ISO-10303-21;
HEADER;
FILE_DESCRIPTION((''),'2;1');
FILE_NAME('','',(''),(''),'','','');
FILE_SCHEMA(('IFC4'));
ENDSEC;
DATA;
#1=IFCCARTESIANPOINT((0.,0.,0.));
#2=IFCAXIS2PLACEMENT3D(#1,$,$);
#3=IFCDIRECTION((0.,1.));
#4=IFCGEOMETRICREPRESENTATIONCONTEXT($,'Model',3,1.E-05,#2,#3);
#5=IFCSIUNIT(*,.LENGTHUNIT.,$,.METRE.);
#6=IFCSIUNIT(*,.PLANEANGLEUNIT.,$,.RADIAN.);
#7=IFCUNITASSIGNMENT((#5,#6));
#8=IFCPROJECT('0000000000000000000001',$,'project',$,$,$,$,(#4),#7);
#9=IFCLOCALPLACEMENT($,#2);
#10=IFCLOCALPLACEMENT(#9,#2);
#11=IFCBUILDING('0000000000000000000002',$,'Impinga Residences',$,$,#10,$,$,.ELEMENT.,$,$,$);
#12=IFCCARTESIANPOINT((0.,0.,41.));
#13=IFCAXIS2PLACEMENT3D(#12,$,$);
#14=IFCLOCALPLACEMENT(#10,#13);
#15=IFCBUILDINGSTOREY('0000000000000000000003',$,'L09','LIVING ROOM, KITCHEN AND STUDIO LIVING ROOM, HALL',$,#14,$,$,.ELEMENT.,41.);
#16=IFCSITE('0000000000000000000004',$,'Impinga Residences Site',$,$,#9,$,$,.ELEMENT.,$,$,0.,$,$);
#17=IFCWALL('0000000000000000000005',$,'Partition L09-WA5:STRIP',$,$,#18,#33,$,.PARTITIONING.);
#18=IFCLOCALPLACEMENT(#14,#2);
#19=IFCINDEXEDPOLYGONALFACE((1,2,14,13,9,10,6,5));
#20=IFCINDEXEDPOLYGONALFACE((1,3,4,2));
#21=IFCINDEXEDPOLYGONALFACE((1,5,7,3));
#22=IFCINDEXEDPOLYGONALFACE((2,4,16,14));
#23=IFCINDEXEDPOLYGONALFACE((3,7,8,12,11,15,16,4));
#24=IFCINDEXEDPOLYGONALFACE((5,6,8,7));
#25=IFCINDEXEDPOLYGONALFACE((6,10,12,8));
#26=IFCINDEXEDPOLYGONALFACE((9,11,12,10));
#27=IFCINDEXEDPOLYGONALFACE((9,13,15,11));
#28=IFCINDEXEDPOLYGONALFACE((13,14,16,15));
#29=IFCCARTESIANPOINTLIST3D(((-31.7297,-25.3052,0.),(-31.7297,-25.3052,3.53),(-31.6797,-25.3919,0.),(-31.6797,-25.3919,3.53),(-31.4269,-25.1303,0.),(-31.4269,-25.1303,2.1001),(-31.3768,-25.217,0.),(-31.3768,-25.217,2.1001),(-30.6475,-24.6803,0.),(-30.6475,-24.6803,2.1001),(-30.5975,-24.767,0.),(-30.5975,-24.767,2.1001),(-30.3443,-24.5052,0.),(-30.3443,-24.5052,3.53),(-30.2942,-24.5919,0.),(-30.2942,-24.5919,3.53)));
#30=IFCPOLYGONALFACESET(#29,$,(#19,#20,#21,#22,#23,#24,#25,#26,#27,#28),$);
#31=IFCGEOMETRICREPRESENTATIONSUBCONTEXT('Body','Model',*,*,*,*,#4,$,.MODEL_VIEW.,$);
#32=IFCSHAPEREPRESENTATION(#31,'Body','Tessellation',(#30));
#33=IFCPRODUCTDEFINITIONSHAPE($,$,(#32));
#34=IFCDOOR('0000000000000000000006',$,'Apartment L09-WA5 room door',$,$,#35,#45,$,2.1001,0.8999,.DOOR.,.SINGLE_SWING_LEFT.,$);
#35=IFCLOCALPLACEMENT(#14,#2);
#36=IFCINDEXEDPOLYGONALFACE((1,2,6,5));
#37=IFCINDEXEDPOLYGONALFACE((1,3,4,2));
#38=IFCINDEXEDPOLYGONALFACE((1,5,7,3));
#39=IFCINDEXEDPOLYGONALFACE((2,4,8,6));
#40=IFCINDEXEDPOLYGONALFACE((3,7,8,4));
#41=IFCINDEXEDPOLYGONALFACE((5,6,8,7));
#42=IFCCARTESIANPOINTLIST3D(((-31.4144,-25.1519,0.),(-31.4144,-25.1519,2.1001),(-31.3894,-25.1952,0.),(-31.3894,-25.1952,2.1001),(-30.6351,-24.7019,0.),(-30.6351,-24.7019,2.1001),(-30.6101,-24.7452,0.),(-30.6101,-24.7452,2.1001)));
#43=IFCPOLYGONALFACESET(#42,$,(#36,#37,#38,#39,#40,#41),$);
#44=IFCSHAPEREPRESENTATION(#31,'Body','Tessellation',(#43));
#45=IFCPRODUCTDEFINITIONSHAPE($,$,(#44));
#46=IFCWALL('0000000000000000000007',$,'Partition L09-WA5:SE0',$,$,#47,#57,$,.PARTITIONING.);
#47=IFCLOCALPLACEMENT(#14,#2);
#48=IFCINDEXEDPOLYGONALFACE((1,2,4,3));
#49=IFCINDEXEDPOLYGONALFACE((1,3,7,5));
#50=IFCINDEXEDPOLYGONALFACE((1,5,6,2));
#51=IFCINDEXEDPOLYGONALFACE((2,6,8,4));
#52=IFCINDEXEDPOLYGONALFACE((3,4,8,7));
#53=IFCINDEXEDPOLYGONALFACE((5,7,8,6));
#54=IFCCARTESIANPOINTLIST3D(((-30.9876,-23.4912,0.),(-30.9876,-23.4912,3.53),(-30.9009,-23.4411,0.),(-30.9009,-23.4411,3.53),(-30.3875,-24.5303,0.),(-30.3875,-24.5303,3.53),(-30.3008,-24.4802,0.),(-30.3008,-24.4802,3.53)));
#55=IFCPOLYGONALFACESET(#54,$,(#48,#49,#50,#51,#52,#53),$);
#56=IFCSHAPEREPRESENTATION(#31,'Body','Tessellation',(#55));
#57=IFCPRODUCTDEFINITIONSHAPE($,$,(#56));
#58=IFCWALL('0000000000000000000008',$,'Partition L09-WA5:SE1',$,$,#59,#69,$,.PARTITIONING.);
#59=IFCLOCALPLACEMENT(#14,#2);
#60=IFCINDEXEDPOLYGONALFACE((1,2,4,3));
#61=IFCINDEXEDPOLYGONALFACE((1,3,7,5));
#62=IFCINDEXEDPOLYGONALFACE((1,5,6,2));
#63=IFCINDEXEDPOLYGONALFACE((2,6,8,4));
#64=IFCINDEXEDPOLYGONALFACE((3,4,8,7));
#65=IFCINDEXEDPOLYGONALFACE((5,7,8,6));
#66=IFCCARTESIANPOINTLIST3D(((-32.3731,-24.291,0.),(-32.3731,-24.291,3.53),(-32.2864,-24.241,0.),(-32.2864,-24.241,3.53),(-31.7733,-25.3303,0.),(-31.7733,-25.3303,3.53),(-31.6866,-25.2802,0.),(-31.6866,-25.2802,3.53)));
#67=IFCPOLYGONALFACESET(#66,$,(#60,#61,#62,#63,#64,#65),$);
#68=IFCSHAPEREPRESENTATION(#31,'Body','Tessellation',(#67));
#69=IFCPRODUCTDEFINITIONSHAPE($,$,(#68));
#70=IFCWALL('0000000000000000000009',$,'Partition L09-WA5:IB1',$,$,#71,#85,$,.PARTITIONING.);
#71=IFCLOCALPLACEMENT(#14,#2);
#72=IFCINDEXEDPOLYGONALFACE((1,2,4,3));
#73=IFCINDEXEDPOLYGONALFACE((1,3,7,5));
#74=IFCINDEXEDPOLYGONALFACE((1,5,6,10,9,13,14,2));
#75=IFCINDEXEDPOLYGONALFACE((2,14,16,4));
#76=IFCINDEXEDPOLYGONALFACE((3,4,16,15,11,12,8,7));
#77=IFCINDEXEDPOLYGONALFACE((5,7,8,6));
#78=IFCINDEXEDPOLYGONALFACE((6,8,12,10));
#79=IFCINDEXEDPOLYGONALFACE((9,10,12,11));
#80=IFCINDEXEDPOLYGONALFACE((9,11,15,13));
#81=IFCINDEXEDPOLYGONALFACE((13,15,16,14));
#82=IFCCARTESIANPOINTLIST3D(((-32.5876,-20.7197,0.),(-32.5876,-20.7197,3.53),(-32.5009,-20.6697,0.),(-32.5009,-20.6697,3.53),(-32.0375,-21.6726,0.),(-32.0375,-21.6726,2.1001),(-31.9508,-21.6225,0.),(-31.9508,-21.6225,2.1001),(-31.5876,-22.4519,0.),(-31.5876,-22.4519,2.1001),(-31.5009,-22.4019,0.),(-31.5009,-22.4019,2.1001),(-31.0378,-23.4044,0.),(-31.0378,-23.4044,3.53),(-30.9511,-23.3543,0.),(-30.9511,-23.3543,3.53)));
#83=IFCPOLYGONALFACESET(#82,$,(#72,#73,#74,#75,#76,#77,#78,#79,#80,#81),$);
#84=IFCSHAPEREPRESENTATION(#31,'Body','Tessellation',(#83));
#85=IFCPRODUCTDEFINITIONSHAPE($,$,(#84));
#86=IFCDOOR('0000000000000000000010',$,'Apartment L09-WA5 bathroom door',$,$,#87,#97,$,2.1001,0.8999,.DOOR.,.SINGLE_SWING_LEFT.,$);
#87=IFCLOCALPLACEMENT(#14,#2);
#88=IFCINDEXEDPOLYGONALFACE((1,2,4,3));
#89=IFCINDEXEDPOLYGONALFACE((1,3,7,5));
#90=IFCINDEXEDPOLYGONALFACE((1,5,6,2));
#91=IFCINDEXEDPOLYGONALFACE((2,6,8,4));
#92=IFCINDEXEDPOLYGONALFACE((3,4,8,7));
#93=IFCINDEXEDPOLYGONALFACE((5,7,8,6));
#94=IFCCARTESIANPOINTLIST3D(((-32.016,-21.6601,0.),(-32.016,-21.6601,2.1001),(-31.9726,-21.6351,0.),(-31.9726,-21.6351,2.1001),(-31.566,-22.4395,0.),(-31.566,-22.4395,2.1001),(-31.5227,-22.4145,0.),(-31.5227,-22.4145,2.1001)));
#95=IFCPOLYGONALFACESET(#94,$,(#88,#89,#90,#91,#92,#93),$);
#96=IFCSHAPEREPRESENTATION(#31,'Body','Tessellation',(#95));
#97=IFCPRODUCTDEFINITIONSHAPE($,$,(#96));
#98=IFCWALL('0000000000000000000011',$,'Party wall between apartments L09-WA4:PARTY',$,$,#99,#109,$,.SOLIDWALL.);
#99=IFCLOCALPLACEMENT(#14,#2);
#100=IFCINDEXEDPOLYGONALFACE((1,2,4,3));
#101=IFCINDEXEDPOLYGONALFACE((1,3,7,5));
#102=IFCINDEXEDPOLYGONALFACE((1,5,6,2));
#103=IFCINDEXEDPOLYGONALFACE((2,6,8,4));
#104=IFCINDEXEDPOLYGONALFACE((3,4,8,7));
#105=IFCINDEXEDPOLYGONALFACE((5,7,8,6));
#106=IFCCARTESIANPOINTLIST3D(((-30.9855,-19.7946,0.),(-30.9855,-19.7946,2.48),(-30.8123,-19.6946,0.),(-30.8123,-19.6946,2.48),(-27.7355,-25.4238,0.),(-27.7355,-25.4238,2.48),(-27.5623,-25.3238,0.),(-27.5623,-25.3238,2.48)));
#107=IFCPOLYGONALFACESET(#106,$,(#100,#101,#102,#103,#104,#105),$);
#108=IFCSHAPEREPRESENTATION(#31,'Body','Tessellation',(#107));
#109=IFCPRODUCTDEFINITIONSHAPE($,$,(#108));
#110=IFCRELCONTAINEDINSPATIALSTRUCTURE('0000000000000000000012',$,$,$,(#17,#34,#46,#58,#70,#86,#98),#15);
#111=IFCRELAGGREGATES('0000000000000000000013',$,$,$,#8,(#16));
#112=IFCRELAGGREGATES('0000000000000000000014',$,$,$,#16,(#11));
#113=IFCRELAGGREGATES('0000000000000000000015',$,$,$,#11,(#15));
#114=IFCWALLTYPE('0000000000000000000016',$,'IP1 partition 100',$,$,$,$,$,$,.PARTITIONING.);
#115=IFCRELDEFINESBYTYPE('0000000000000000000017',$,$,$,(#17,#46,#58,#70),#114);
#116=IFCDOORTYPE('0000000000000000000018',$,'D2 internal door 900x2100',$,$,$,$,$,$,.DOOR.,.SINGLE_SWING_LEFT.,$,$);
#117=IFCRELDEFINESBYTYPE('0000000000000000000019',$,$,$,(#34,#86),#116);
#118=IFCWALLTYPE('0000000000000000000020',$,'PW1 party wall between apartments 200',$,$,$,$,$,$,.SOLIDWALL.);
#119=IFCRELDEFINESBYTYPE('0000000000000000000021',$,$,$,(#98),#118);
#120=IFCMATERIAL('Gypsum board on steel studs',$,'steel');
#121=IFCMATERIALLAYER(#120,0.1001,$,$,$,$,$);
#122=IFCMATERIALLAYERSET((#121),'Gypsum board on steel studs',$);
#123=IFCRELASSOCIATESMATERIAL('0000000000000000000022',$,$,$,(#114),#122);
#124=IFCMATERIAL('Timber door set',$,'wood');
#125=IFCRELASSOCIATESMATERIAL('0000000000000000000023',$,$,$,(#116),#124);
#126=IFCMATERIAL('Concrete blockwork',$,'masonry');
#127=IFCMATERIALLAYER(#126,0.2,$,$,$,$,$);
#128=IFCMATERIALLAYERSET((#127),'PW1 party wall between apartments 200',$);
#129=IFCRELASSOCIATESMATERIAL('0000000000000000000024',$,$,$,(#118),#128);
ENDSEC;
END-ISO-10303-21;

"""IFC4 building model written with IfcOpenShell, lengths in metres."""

from ifc_helpers import new_model, si_unit, direction, frame, frame_2d, origin, place, context, subcontext, project, spatial, rectangle, extrude, material, layer, layer_set, type_object, element, fill, save


model = new_model("IFC4")

# Units and contexts
model_context = context("Model", 3, precision=1e-05, world=origin(), true_north=direction((0.0, 1.0)))
body_context = subcontext(model_context, "Body", "Model", "MODEL_VIEW")
ifc_project = project(units=[si_unit("LENGTHUNIT", "METRE"), si_unit("PLANEANGLEUNIT", "RADIAN")], contexts=[model_context])

# Site, building, storey
site_placement = place(None, origin())
site = spatial("IfcSite", under=ifc_project, at=site_placement, Name="Impinga Residences Site", CompositionType="ELEMENT", RefElevation=0.0)
building_placement = place(site_placement, origin())
building = spatial("IfcBuilding", under=site, at=building_placement, Name="Impinga Residences", CompositionType="ELEMENT")
storey_placement = place(building_placement, frame((0.0, 0.0, 41.0)))
storey = spatial("IfcBuildingStorey", under=building, at=storey_placement, Name="L09", Description="LIVING ROOM, KITCHEN AND STUDIO LIVING ROOM, HALL", CompositionType="ELEMENT", Elevation=41.0)

# Shared definitions
ifc_material_1 = material(Name="Gypsum board on steel studs", Category="steel")
ifc_layer_1 = layer(ifc_material_1, 0.1001)
ifc_layer_set_1 = layer_set([ifc_layer_1], Name="Gypsum board on steel studs")
wall_type_1 = type_object("IfcWallType", Name="IP1 partition 100", PredefinedType="PARTITIONING", material=ifc_layer_set_1)

# Shared definitions
ifc_material_2 = material(Name="Timber door set", Category="wood")
door_type = type_object("IfcDoorType", Name="D2 internal door 900x2100", OperationType="SINGLE_SWING_LEFT", PredefinedType="DOOR", material=ifc_material_2)

# Wall, opening, door
wall_1_placement = place(storey_placement, frame((-30.3193, -24.5486, 0.0), z_axis=(0.0, 0.0, 1.0), x_axis=(-0.86599, -0.500061, 0.0)))
wall_1 = element("IfcWall", 1, at=wall_1_placement, inside=storey, type_object=wall_type_1, Name="Partition L09-WA5:STRIP", PredefinedType="PARTITIONING", context=body_context, shape_type="SweptSolid", body=[
    extrude(rectangle(XDim=1.5999, YDim=0.1001, at=frame_2d((0.7998, 0.0))), origin(), (0.0, 0.0, 1.0), 3.53),
])
opening_1_placement = place(wall_1_placement, frame((0.3501, 0.0, 0.0)))
opening_1 = element("IfcOpeningElement", 2, at=opening_1_placement, cuts=wall_1, PredefinedType="OPENING", context=body_context, shape_type="SweptSolid", body=[
    extrude(rectangle(XDim=0.8999, YDim=2.1001, at=frame_2d((0.45, 1.05))), frame((0.0, 0.0601, 0.0), z_axis=(0.0, -1.0, 0.0), x_axis=(1.0, 0.0, 0.0)), (0.0, 0.0, 1.0), 0.1201),
])
door_1_placement = place(opening_1_placement, origin())
door_1 = element("IfcDoor", 3, at=door_1_placement, inside=storey, type_object=door_type, Name="Apartment L09-WA5 room door", OperationType="SINGLE_SWING_LEFT", OverallHeight=2.1001, OverallWidth=0.8999, PredefinedType="DOOR", context=body_context, shape_type="SweptSolid", body=[
    extrude(rectangle(XDim=0.8999, YDim=2.1001, at=frame_2d((0.45, 1.05))), frame((0.0, 0.0249, 0.0), z_axis=(0.0, -1.0, 0.0), x_axis=(1.0, 0.0, 0.0)), (0.0, 0.0, 1.0), 0.05),
])
fill(opening_1, door_1)

# Walls
for number, where, z_axis, x_axis, name in (
    (4, (-30.9443, -23.4661, 0.0), (0.0, 0.0, 1.0), (0.500122, -0.865955, 0.0), "Partition L09-WA5:SE0"),
    (5, (-32.3298, -24.2659, 0.0), (0.0, 0.0, 1.0), (0.499881, -0.866094, 0.0), "Partition L09-WA5:SE1"),
):
    element("IfcWall", number, at=place(storey_placement, frame(where, z_axis=z_axis, x_axis=x_axis)), inside=storey, type_object=wall_type_1, Name=name, PredefinedType="PARTITIONING", context=body_context, shape_type="SweptSolid", body=[
        extrude(rectangle(XDim=1.2, YDim=0.1001, at=frame_2d((0.6001, 0.0))), origin(), (0.0, 0.0, 1.0), 3.53),
    ])

# Wall, opening, door
wall_2_placement = place(storey_placement, frame((-32.5442, -20.6948, 0.0), z_axis=(0.0, 0.0, 1.0), x_axis=(0.499968, -0.866044, 0.0)))
wall_2 = element("IfcWall", 6, at=wall_2_placement, inside=storey, type_object=wall_type_1, Name="Partition L09-WA5:IB1", PredefinedType="PARTITIONING", context=body_context, shape_type="SweptSolid", body=[
    extrude(rectangle(XDim=3.0999, YDim=0.1001, at=frame_2d((1.5498, 0.0))), origin(), (0.0, 0.0, 1.0), 3.53),
])
opening_2_placement = place(wall_2_placement, frame((1.1001, 0.0, 0.0)))
opening_2 = element("IfcOpeningElement", 7, at=opening_2_placement, cuts=wall_2, PredefinedType="OPENING", context=body_context, shape_type="SweptSolid", body=[
    extrude(rectangle(XDim=0.8999, YDim=2.1001, at=frame_2d((0.45, 1.05))), frame((0.0, 0.0601, 0.0), z_axis=(0.0, -1.0, 0.0), x_axis=(1.0, 0.0, 0.0)), (0.0, 0.0, 1.0), 0.1201),
])
door_2_placement = place(opening_2_placement, origin())
door_2 = element("IfcDoor", 8, at=door_2_placement, inside=storey, type_object=door_type, Name="Apartment L09-WA5 bathroom door", OperationType="SINGLE_SWING_LEFT", OverallHeight=2.1001, OverallWidth=0.8999, PredefinedType="DOOR", context=body_context, shape_type="SweptSolid", body=[
    extrude(rectangle(XDim=0.8999, YDim=2.1001, at=frame_2d((0.45, 1.05))), frame((0.0, 0.0249, 0.0), z_axis=(0.0, -1.0, 0.0), x_axis=(1.0, 0.0, 0.0)), (0.0, 0.0, 1.0), 0.05),
])
fill(opening_2, door_2)

# Wall
ifc_material_3 = material(Name="Concrete blockwork", Category="masonry")
ifc_layer_2 = layer(ifc_material_3, 0.2)
ifc_layer_set_2 = layer_set([ifc_layer_2], Name="PW1 party wall between apartments 200")
wall_type_2 = type_object("IfcWallType", Name="PW1 party wall between apartments 200", PredefinedType="SOLIDWALL", material=ifc_layer_set_2)
wall_3_placement = place(storey_placement, frame((-30.8989, -19.7446, 0.0), z_axis=(0.0, 0.0, 1.0), x_axis=(0.500001, -0.866025, 0.0)))
element("IfcWall", 9, at=wall_3_placement, inside=storey, type_object=wall_type_2, Name="Party wall between apartments L09-WA4:PARTY", PredefinedType="SOLIDWALL", context=body_context, shape_type="SweptSolid", body=[
    extrude(rectangle(XDim=6.5, YDim=0.2, at=frame_2d((3.25, 0.0))), origin(), (0.0, 0.0, 1.0), 2.48),
])

save(model, "model.ifc")
